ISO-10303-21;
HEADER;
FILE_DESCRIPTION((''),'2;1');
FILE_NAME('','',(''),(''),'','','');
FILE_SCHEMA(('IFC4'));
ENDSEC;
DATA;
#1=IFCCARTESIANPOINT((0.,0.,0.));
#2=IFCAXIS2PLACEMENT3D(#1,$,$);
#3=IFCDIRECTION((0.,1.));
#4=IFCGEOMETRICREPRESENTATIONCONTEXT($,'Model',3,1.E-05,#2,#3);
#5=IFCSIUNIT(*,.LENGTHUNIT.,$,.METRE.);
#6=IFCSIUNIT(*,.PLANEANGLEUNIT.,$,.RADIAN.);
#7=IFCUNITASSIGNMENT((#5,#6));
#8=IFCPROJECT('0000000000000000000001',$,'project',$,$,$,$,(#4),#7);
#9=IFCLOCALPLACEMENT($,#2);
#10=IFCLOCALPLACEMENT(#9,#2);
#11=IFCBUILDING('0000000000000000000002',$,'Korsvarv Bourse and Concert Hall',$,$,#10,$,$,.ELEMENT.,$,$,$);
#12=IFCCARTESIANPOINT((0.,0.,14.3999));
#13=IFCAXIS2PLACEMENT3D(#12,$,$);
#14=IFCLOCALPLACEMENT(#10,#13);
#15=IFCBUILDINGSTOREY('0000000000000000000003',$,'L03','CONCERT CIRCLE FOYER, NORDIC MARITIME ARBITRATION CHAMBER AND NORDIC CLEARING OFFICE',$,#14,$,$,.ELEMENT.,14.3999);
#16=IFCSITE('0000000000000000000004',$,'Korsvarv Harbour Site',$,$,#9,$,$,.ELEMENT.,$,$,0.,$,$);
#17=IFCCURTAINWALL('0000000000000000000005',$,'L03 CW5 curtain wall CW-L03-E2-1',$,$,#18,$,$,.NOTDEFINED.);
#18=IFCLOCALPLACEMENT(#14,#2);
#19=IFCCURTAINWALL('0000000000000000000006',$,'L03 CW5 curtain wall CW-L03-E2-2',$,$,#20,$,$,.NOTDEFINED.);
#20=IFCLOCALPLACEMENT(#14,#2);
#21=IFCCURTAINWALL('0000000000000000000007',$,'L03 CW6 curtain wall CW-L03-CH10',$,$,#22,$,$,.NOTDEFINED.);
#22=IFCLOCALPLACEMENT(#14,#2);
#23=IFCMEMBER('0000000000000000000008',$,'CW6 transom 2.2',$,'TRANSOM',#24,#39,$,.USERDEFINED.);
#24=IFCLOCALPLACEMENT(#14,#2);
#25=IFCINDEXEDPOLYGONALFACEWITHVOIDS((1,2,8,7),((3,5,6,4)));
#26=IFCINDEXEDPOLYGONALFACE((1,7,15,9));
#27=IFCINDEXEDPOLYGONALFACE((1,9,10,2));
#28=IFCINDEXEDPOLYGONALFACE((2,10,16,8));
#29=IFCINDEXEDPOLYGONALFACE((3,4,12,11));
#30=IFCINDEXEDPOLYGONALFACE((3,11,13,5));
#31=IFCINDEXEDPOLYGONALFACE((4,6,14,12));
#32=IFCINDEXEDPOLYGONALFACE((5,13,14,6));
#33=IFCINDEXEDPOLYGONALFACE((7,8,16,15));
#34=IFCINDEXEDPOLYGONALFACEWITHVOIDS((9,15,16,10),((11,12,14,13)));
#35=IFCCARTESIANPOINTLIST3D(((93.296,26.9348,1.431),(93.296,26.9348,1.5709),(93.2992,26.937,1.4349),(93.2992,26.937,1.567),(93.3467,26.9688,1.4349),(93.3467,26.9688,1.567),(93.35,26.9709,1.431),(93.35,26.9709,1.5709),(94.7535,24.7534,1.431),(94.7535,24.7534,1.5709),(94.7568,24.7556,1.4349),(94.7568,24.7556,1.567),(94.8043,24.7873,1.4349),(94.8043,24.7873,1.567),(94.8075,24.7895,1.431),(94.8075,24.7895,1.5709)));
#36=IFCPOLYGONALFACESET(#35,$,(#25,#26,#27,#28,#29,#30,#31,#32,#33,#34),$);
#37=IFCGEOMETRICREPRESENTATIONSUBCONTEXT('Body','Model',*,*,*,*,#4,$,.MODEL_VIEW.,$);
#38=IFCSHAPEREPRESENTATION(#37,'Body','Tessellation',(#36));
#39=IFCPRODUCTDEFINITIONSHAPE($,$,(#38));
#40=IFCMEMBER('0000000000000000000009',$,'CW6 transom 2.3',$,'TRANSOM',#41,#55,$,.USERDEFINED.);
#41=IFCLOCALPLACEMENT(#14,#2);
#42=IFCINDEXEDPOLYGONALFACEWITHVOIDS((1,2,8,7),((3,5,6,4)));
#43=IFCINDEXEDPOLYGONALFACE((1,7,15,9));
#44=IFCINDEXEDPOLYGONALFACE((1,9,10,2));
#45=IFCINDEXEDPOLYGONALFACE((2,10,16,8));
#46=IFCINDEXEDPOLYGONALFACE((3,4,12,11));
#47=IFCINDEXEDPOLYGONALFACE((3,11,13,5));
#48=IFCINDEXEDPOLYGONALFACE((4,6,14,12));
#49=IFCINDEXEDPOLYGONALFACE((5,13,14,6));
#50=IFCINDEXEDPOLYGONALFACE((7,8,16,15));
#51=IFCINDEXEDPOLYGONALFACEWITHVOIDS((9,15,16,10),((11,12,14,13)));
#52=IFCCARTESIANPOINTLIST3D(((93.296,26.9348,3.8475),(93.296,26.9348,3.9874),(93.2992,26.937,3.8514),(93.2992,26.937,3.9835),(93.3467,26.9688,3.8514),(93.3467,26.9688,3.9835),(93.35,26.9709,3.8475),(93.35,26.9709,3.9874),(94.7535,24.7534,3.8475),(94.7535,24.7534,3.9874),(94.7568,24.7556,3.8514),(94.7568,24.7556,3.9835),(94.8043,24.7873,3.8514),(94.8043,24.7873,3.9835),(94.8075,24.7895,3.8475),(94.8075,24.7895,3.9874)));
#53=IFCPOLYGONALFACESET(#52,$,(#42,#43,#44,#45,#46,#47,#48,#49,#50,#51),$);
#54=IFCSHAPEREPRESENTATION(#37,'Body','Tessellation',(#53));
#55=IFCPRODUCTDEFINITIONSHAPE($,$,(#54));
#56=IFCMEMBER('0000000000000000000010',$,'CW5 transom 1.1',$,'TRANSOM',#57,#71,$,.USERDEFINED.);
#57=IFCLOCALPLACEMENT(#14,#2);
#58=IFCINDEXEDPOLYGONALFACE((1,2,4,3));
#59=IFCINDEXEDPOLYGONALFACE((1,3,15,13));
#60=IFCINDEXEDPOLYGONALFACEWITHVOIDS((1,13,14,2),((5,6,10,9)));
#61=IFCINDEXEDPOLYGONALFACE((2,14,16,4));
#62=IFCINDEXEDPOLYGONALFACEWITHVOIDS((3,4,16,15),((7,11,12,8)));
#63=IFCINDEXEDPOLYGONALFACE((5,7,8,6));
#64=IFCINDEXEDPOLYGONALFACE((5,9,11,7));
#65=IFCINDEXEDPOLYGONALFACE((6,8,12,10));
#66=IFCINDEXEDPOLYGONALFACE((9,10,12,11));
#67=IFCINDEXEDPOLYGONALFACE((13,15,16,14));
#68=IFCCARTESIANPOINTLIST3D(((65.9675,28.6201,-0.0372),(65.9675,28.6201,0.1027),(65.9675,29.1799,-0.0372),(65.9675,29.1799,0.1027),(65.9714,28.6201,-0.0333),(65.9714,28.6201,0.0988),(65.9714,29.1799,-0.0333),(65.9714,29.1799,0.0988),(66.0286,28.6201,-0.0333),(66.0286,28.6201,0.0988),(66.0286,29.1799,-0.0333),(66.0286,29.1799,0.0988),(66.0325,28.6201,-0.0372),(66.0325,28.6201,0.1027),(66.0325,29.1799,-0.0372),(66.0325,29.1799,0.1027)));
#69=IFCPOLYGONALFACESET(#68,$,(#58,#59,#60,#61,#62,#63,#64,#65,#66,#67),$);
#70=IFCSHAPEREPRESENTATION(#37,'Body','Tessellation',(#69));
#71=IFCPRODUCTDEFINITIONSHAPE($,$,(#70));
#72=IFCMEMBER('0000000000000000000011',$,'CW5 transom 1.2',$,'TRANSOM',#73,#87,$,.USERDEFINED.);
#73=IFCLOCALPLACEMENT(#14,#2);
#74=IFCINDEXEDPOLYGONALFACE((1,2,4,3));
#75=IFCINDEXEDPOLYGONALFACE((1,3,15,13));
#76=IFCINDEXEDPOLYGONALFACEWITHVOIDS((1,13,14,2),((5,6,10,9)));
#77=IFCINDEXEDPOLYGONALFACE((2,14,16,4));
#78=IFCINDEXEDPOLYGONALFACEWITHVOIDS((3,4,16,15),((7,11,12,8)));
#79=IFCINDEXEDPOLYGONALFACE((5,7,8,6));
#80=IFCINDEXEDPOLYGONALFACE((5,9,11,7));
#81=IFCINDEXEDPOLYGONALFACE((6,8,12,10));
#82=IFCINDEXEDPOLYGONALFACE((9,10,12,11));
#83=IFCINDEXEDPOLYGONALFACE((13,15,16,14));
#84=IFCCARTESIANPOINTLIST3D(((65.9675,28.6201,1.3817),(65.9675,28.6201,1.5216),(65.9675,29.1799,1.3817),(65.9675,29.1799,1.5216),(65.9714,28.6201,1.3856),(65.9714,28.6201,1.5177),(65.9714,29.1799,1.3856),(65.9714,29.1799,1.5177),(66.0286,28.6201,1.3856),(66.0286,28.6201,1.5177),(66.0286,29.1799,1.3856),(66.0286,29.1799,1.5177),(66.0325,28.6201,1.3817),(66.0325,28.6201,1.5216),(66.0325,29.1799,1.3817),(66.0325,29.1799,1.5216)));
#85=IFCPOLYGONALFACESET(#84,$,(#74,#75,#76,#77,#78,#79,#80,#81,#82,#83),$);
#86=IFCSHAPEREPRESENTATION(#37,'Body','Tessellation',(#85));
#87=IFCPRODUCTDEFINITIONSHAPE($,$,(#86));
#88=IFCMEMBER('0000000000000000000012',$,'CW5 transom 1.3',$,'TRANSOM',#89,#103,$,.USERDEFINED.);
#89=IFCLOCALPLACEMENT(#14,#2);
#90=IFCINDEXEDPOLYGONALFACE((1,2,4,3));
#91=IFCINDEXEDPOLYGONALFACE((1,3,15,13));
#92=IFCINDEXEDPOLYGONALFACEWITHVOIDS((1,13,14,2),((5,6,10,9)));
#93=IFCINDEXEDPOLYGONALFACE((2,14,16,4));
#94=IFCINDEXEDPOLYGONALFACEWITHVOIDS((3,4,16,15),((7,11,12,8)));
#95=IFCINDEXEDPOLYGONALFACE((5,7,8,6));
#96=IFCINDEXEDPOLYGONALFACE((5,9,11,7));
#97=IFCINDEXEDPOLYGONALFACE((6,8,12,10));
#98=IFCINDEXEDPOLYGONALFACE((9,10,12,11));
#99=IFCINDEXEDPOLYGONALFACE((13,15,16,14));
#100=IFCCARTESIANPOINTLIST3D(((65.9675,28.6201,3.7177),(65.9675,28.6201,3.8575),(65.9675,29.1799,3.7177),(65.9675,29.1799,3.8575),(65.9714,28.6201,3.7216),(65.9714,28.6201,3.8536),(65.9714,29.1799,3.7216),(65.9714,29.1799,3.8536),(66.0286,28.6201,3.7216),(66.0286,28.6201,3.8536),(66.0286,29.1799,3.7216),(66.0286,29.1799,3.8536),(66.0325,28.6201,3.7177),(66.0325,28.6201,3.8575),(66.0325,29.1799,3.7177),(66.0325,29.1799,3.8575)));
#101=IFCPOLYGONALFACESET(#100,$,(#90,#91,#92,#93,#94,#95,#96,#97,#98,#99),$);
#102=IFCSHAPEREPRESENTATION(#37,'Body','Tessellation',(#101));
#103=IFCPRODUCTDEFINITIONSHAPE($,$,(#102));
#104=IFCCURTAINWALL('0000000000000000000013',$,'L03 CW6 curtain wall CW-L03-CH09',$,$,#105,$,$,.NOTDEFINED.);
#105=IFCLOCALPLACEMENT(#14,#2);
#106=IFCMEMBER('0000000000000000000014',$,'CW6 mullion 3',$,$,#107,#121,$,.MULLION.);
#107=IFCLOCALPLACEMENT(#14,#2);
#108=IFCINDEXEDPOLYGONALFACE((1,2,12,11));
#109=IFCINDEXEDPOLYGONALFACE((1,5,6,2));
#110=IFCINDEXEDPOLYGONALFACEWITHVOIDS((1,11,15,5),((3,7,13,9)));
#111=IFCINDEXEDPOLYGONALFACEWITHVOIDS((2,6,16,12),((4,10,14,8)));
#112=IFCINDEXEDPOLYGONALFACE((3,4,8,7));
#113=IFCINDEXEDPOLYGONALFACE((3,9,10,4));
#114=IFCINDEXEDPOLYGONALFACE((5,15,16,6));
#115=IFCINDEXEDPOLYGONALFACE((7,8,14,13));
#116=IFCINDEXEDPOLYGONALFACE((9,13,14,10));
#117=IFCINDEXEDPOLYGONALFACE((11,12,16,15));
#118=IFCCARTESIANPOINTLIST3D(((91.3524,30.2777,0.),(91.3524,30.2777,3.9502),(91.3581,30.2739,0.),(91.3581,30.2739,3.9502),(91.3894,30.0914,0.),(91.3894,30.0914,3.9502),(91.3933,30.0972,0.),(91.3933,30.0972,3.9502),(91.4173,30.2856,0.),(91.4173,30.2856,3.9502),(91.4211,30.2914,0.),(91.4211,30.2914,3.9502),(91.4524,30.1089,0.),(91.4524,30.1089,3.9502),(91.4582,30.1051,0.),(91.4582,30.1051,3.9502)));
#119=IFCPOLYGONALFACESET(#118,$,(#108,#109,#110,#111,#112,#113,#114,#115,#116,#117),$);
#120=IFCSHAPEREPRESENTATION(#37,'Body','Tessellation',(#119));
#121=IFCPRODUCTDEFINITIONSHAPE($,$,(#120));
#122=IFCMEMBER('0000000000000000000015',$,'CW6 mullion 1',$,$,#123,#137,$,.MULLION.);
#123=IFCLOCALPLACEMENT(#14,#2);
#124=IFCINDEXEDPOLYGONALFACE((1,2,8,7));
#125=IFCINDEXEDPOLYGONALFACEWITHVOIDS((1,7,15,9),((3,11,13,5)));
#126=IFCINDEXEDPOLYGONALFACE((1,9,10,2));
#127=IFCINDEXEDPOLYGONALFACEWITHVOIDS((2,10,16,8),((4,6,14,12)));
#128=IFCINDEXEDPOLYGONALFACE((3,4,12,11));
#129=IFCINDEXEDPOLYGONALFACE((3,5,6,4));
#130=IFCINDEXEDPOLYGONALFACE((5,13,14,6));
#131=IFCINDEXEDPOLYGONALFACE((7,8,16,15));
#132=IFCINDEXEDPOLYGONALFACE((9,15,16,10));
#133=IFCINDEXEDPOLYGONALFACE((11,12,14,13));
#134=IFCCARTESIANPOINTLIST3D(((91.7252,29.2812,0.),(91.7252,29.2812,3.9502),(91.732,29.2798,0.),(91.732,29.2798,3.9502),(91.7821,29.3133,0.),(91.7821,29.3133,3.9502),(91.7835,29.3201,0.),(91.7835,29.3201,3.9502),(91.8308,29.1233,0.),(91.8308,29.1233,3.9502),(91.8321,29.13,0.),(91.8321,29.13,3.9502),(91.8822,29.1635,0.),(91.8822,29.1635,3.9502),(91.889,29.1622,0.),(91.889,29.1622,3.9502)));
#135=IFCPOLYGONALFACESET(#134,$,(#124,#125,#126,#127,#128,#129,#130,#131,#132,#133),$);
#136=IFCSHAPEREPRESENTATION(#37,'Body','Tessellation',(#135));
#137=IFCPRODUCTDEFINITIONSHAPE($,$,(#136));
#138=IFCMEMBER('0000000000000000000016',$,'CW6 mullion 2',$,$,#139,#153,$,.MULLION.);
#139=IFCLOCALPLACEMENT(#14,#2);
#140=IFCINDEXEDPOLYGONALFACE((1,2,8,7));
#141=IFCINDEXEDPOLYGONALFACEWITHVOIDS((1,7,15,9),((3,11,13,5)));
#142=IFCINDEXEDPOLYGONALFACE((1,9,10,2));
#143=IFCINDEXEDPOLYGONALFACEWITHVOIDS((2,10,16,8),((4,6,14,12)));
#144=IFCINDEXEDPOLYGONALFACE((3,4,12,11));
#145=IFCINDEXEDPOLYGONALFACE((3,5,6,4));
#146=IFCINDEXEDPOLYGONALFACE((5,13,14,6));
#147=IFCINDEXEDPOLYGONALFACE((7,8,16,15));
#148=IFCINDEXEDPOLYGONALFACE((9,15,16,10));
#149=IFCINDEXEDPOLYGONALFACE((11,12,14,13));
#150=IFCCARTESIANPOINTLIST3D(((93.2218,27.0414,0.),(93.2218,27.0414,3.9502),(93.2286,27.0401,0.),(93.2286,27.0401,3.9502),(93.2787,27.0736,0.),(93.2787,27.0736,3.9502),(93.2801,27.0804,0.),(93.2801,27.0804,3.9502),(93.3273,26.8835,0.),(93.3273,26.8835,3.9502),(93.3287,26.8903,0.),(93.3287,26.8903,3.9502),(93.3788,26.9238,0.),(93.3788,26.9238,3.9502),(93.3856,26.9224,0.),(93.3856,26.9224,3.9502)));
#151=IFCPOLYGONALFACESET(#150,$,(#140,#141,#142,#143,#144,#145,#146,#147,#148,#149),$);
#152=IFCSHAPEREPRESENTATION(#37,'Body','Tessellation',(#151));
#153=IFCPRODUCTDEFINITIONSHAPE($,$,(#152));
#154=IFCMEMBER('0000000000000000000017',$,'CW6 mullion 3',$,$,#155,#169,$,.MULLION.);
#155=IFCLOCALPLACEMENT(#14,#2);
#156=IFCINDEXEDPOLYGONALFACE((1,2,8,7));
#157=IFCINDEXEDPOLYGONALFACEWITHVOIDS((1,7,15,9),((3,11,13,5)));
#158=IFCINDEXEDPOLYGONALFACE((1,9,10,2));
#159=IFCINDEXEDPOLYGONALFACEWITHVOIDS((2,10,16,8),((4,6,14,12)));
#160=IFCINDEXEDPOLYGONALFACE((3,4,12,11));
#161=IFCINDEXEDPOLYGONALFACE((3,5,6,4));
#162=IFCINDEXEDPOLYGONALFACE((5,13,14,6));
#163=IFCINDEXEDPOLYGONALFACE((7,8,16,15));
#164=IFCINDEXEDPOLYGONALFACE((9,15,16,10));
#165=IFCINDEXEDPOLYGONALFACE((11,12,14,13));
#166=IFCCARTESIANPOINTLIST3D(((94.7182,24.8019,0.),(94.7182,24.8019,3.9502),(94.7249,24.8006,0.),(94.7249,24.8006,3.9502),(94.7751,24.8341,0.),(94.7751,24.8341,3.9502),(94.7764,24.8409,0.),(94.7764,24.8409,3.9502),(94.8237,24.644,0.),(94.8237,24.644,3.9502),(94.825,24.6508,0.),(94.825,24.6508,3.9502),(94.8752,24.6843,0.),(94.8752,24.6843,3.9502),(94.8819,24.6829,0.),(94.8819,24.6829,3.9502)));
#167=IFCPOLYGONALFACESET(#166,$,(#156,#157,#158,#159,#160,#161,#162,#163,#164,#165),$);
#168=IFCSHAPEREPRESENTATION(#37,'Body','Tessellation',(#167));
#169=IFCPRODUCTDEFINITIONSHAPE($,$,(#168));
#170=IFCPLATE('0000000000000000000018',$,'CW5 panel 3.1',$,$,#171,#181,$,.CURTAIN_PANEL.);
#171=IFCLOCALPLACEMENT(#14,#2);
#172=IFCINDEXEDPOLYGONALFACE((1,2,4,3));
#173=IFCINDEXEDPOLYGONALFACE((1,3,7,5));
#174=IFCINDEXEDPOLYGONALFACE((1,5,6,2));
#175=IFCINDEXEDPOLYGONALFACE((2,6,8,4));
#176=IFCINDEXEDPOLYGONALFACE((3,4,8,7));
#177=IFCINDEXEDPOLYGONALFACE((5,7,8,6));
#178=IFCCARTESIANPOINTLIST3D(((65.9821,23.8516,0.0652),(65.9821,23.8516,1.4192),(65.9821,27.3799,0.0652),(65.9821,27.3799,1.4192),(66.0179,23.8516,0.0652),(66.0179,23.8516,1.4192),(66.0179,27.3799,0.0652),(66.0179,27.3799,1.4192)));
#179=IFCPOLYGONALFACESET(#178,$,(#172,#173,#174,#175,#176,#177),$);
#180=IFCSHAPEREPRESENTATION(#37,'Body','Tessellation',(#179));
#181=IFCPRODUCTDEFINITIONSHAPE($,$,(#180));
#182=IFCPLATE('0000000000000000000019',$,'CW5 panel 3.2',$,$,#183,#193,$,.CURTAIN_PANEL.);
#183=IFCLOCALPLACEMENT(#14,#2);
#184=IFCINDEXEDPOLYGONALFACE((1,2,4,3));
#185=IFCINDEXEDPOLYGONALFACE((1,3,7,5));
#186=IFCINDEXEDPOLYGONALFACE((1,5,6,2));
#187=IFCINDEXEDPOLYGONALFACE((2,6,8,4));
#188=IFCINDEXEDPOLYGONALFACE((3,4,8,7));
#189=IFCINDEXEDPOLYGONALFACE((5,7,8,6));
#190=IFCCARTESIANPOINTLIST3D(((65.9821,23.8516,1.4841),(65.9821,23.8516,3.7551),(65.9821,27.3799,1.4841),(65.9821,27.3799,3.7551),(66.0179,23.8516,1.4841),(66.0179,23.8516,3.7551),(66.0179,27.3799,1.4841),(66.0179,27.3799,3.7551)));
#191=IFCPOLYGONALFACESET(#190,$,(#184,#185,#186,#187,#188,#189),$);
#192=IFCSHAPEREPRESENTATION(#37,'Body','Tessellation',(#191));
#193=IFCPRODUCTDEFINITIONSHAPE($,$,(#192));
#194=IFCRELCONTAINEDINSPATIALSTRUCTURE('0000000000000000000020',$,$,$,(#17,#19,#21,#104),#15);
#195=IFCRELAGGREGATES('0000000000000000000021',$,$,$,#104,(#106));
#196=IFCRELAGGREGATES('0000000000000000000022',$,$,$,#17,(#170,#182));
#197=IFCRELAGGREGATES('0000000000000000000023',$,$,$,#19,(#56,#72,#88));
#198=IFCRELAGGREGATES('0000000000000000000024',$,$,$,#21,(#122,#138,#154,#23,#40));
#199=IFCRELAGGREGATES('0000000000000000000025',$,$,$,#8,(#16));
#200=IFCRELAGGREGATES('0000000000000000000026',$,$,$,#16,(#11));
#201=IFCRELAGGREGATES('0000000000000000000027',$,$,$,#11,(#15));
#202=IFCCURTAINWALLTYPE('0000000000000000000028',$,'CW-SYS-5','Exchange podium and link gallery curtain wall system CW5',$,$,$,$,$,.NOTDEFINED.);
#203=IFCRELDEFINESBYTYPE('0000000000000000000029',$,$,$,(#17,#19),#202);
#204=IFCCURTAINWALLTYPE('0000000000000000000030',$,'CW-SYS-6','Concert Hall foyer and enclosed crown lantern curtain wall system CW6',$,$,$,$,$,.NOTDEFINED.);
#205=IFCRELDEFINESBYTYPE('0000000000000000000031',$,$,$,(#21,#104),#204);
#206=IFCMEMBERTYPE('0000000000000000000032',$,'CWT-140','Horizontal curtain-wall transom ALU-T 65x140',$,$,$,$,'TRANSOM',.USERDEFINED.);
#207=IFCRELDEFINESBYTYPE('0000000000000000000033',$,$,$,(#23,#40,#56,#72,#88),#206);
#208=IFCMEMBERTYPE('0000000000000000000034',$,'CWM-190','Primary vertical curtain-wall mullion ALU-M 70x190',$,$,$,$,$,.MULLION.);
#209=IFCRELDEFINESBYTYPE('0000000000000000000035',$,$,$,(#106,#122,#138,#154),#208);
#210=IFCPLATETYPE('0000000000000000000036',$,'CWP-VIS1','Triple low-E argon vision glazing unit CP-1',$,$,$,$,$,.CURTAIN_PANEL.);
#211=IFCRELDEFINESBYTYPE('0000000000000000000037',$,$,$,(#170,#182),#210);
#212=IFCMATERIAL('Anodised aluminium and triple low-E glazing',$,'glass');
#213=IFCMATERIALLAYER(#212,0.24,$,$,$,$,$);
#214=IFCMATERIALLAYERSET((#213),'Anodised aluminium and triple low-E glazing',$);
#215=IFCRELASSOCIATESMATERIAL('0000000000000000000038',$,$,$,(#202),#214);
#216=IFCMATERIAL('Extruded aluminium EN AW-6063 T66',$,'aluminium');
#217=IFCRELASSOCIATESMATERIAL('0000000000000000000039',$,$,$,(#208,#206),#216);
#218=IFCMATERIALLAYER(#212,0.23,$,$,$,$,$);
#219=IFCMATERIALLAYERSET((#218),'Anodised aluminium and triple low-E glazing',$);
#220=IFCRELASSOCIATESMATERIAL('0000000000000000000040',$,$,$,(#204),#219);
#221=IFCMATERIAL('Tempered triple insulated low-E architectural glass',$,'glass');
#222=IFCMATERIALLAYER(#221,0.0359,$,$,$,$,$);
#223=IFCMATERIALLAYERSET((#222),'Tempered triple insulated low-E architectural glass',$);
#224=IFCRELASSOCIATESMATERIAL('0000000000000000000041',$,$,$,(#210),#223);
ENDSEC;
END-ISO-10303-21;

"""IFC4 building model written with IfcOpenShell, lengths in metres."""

from ifc_helpers import new_model, si_unit, direction, frame, origin, origin_2d, place, context, subcontext, project, spatial, rectangle, hollow_rectangle, extrude, source, transform, mapped, material, layer, layer_set, material_profile, profile_set, type_object, element, aggregate, save


model = new_model("IFC4")

# Units and contexts
model_context = context("Model", 3, precision=1e-05, world=origin(), true_north=direction((0.0, 1.0)))
body_context = subcontext(model_context, "Body", "Model", "MODEL_VIEW")
ifc_project = project(units=[si_unit("LENGTHUNIT", "METRE"), si_unit("PLANEANGLEUNIT", "RADIAN")], contexts=[model_context])

# Site, building, storey
site_placement = place(None, origin())
site = spatial("IfcSite", under=ifc_project, at=site_placement, Name="Korsvarv Harbour Site", CompositionType="ELEMENT", RefElevation=0.0)
building_placement = place(site_placement, origin())
building = spatial("IfcBuilding", under=site, at=building_placement, Name="Korsvarv Bourse and Concert Hall", CompositionType="ELEMENT")
storey_placement = place(building_placement, frame((0.0, 0.0, 14.3999)))
storey = spatial("IfcBuildingStorey", under=building, at=storey_placement, Name="L03", Description="CONCERT CIRCLE FOYER, NORDIC MARITIME ARBITRATION CHAMBER AND NORDIC CLEARING OFFICE", CompositionType="ELEMENT", Elevation=14.3999)

# Curtain walls
ifc_material_1 = material(Name="Anodised aluminium and triple low-E glazing", Category="glass")
ifc_layer_1 = layer(ifc_material_1, 0.24)
ifc_layer_set_1 = layer_set([ifc_layer_1], Name="Anodised aluminium and triple low-E glazing")
curtain_wall_type_1 = type_object("IfcCurtainWallType", Name="CW-SYS-5", Description="Exchange podium and link gallery curtain wall system CW5", PredefinedType="NOTDEFINED", material=ifc_layer_set_1)
curtain_wall_1_placement = place(storey_placement, origin())
curtain_wall_1 = element("IfcCurtainWall", 1, at=curtain_wall_1_placement, inside=storey, type_object=curtain_wall_type_1, Name="L03 CW5 curtain wall CW-L03-E2-1", PredefinedType="NOTDEFINED")
ifc_material_2 = material(Name="Extruded aluminium EN AW-6063 T66", Category="aluminium")
ifc_material_profile_1 = material_profile(ifc_material_2, hollow_rectangle(XDim=0.0701, YDim=0.1899, WallThickness=0.0049, at=origin_2d()), Name="ALU-M 70x190")
ifc_profile_set_1 = profile_set([ifc_material_profile_1], Name="Extruded aluminium EN AW-6063 T66")
member_type_1 = type_object("IfcMemberType", Name="CWM-190", Description="Primary vertical curtain-wall mullion ALU-M 70x190", PredefinedType="MULLION", material=ifc_profile_set_1)
curtain_wall_2_placement = place(storey_placement, origin())
curtain_wall_2 = element("IfcCurtainWall", 2, at=curtain_wall_2_placement, inside=storey, type_object=curtain_wall_type_1, Name="L03 CW5 curtain wall CW-L03-E2-2", PredefinedType="NOTDEFINED")

# Shared definitions
ifc_material_profile_2 = material_profile(ifc_material_2, hollow_rectangle(XDim=0.0649, YDim=0.1399, WallThickness=0.0039, at=origin_2d()), Name="ALU-T 65x140")
ifc_profile_set_2 = profile_set([ifc_material_profile_2], Name="Extruded aluminium EN AW-6063 T66")
member_type_2 = type_object("IfcMemberType", Name="CWT-140", Description="Horizontal curtain-wall transom ALU-T 65x140", ElementType="TRANSOM", PredefinedType="USERDEFINED", material=ifc_profile_set_2)

# Curtain wall, members
ifc_layer_2 = layer(ifc_material_1, 0.23)
ifc_layer_set_2 = layer_set([ifc_layer_2], Name="Anodised aluminium and triple low-E glazing")
curtain_wall_type_2 = type_object("IfcCurtainWallType", Name="CW-SYS-6", Description="Concert Hall foyer and enclosed crown lantern curtain wall system CW6", PredefinedType="NOTDEFINED", material=ifc_layer_set_2)
curtain_wall_3_placement = place(storey_placement, origin())
curtain_wall_3 = element("IfcCurtainWall", 3, at=curtain_wall_3_placement, inside=storey, type_object=curtain_wall_type_2, Name="L03 CW6 curtain wall CW-L03-CH10", PredefinedType="NOTDEFINED")
shared_shape_1 = source(origin(), body_context, "Body", "SweptSolid", [
    extrude(hollow_rectangle(XDim=0.0649, YDim=0.1399, WallThickness=0.0039, at=origin_2d()), origin(), (0.0, 0.0, 1.0), 2.6235),
])
member_1_placement = place(storey_placement, frame((93.323, 26.9529, 1.501), z_axis=(0.555559, -0.831477, 0.0), x_axis=(0.831477, 0.555559, 0.0)))
member_1 = element("IfcMember", 4, at=member_1_placement, type_object=member_type_2, Name="CW6 transom 2.2", ObjectType="TRANSOM", PredefinedType="USERDEFINED", context=body_context, shape_type="MappedRepresentation", body=[
    mapped(shared_shape_1, transform((0.0, 0.0, 0.0), scale=1.0)),
])
member_2_placement = place(storey_placement, frame((93.323, 26.9529, 3.9175), z_axis=(0.555559, -0.831477, 0.0), x_axis=(0.831477, 0.555559, 0.0)))
member_2 = element("IfcMember", 5, at=member_2_placement, type_object=member_type_2, Name="CW6 transom 2.3", ObjectType="TRANSOM", PredefinedType="USERDEFINED", context=body_context, shape_type="MappedRepresentation", body=[
    mapped(shared_shape_1, transform((0.0, 0.0, 0.0), scale=1.0)),
])

# Members
shared_shape_2 = source(origin(), body_context, "Body", "SweptSolid", [
    extrude(hollow_rectangle(XDim=0.0649, YDim=0.1399, WallThickness=0.0039, at=origin_2d()), origin(), (0.0, 0.0, 1.0), 0.5598),
])
member_3_placement = place(storey_placement, frame((66.0, 28.6201, 0.0327), z_axis=(0.0, 1.0, 0.0), x_axis=(-1.0, 0.0, 0.0)))
member_3 = element("IfcMember", 6, at=member_3_placement, type_object=member_type_2, Name="CW5 transom 1.1", ObjectType="TRANSOM", PredefinedType="USERDEFINED", context=body_context, shape_type="MappedRepresentation", body=[
    mapped(shared_shape_2, transform((0.0, 0.0, 0.0), scale=1.0)),
])
member_4_placement = place(storey_placement, frame((66.0, 28.6201, 1.4517), z_axis=(0.0, 1.0, 0.0), x_axis=(-1.0, 0.0, 0.0)))
member_4 = element("IfcMember", 7, at=member_4_placement, type_object=member_type_2, Name="CW5 transom 1.2", ObjectType="TRANSOM", PredefinedType="USERDEFINED", context=body_context, shape_type="MappedRepresentation", body=[
    mapped(shared_shape_2, transform((0.0, 0.0, 0.0), scale=1.0)),
])
member_5_placement = place(storey_placement, frame((66.0, 28.6201, 3.7876), z_axis=(0.0, 1.0, 0.0), x_axis=(-1.0, 0.0, 0.0)))
member_5 = element("IfcMember", 8, at=member_5_placement, type_object=member_type_2, Name="CW5 transom 1.3", ObjectType="TRANSOM", PredefinedType="USERDEFINED", context=body_context, shape_type="MappedRepresentation", body=[
    mapped(shared_shape_2, transform((0.0, 0.0, 0.0), scale=1.0)),
])

# Curtain wall, member
curtain_wall_4_placement = place(storey_placement, origin())
curtain_wall_4 = element("IfcCurtainWall", 9, at=curtain_wall_4_placement, inside=storey, type_object=curtain_wall_type_2, Name="L03 CW6 curtain wall CW-L03-CH09", PredefinedType="NOTDEFINED")
shared_shape_3 = source(origin(), body_context, "Body", "SweptSolid", [
    extrude(hollow_rectangle(XDim=0.0701, YDim=0.1899, WallThickness=0.0049, at=origin_2d()), origin(), (0.0, 0.0, 1.0), 3.9502),
])
member_6_placement = place(storey_placement, frame((91.4053, 30.1914, 0.0), z_axis=(0.0, 0.0, 1.0), x_axis=(0.980786, 0.195087, 0.0)))
member_6 = element("IfcMember", 10, at=member_6_placement, type_object=member_type_1, Name="CW6 mullion 3", PredefinedType="MULLION", context=body_context, shape_type="MappedRepresentation", body=[
    mapped(shared_shape_3, transform((0.0, 0.0, 0.0), scale=1.0)),
])
aggregate(curtain_wall_4, [member_6])

# Members
member_7_placement = place(storey_placement, frame((91.8071, 29.2217, 0.0), z_axis=(0.0, 0.0, 1.0), x_axis=(0.831469, 0.555571, 0.0)))
member_7 = element("IfcMember", 11, at=member_7_placement, type_object=member_type_1, Name="CW6 mullion 1", PredefinedType="MULLION", context=body_context, shape_type="MappedRepresentation", body=[
    mapped(shared_shape_3, transform((0.0, 0.0, 0.0), scale=1.0)),
])
member_8_placement = place(storey_placement, frame((93.3037, 26.9819, 0.0), z_axis=(0.0, 0.0, 1.0), x_axis=(0.831469, 0.555571, 0.0)))
member_8 = element("IfcMember", 12, at=member_8_placement, type_object=member_type_1, Name="CW6 mullion 2", PredefinedType="MULLION", context=body_context, shape_type="MappedRepresentation", body=[
    mapped(shared_shape_3, transform((0.0, 0.0, 0.0), scale=1.0)),
])
member_9_placement = place(storey_placement, frame((94.8, 24.7424, 0.0), z_axis=(0.0, 0.0, 1.0), x_axis=(0.831469, 0.555571, 0.0)))
member_9 = element("IfcMember", 13, at=member_9_placement, type_object=member_type_1, Name="CW6 mullion 3", PredefinedType="MULLION", context=body_context, shape_type="MappedRepresentation", body=[
    mapped(shared_shape_3, transform((0.0, 0.0, 0.0), scale=1.0)),
])

# Plates
ifc_material_3 = material(Name="Tempered triple insulated low-E architectural glass", Category="glass")
ifc_layer_3 = layer(ifc_material_3, 0.0359)
ifc_layer_set_3 = layer_set([ifc_layer_3], Name="Tempered triple insulated low-E architectural glass")
plate_type_1 = type_object("IfcPlateType", Name="CWP-VIS1", Description="Triple low-E argon vision glazing unit CP-1", PredefinedType="CURTAIN_PANEL", material=ifc_layer_set_3)
shared_shape_4 = source(origin(), body_context, "Body", "SweptSolid", [
    extrude(rectangle(XDim=3.5283, YDim=0.0359, at=origin_2d()), origin(), (0.0, 0.0, 1.0), 1.354),
])
plate_1_placement = place(storey_placement, frame((66.0, 25.6157, 0.0652), z_axis=(0.0, 0.0, 1.0), x_axis=(0.0, 1.0, 0.0)))
plate_1 = element("IfcPlate", 14, at=plate_1_placement, type_object=plate_type_1, Name="CW5 panel 3.1", PredefinedType="CURTAIN_PANEL", context=body_context, shape_type="MappedRepresentation", body=[
    mapped(shared_shape_4, transform((0.0, 0.0, 0.0), scale=1.0)),
])
shared_shape_5 = source(origin(), body_context, "Body", "SweptSolid", [
    extrude(rectangle(XDim=3.5283, YDim=0.0359, at=origin_2d()), origin(), (0.0, 0.0, 1.0), 2.271),
])
plate_2_placement = place(storey_placement, frame((66.0, 25.6157, 1.4841), z_axis=(0.0, 0.0, 1.0), x_axis=(0.0, 1.0, 0.0)))
plate_2 = element("IfcPlate", 15, at=plate_2_placement, type_object=plate_type_1, Name="CW5 panel 3.2", PredefinedType="CURTAIN_PANEL", context=body_context, shape_type="MappedRepresentation", body=[
    mapped(shared_shape_5, transform((0.0, 0.0, 0.0), scale=1.0)),
])
aggregate(curtain_wall_1, [plate_1, plate_2])
aggregate(curtain_wall_2, [member_3, member_4, member_5])
aggregate(curtain_wall_3, [member_7, member_8, member_9, member_1, member_2])

save(model, "model.ifc")
